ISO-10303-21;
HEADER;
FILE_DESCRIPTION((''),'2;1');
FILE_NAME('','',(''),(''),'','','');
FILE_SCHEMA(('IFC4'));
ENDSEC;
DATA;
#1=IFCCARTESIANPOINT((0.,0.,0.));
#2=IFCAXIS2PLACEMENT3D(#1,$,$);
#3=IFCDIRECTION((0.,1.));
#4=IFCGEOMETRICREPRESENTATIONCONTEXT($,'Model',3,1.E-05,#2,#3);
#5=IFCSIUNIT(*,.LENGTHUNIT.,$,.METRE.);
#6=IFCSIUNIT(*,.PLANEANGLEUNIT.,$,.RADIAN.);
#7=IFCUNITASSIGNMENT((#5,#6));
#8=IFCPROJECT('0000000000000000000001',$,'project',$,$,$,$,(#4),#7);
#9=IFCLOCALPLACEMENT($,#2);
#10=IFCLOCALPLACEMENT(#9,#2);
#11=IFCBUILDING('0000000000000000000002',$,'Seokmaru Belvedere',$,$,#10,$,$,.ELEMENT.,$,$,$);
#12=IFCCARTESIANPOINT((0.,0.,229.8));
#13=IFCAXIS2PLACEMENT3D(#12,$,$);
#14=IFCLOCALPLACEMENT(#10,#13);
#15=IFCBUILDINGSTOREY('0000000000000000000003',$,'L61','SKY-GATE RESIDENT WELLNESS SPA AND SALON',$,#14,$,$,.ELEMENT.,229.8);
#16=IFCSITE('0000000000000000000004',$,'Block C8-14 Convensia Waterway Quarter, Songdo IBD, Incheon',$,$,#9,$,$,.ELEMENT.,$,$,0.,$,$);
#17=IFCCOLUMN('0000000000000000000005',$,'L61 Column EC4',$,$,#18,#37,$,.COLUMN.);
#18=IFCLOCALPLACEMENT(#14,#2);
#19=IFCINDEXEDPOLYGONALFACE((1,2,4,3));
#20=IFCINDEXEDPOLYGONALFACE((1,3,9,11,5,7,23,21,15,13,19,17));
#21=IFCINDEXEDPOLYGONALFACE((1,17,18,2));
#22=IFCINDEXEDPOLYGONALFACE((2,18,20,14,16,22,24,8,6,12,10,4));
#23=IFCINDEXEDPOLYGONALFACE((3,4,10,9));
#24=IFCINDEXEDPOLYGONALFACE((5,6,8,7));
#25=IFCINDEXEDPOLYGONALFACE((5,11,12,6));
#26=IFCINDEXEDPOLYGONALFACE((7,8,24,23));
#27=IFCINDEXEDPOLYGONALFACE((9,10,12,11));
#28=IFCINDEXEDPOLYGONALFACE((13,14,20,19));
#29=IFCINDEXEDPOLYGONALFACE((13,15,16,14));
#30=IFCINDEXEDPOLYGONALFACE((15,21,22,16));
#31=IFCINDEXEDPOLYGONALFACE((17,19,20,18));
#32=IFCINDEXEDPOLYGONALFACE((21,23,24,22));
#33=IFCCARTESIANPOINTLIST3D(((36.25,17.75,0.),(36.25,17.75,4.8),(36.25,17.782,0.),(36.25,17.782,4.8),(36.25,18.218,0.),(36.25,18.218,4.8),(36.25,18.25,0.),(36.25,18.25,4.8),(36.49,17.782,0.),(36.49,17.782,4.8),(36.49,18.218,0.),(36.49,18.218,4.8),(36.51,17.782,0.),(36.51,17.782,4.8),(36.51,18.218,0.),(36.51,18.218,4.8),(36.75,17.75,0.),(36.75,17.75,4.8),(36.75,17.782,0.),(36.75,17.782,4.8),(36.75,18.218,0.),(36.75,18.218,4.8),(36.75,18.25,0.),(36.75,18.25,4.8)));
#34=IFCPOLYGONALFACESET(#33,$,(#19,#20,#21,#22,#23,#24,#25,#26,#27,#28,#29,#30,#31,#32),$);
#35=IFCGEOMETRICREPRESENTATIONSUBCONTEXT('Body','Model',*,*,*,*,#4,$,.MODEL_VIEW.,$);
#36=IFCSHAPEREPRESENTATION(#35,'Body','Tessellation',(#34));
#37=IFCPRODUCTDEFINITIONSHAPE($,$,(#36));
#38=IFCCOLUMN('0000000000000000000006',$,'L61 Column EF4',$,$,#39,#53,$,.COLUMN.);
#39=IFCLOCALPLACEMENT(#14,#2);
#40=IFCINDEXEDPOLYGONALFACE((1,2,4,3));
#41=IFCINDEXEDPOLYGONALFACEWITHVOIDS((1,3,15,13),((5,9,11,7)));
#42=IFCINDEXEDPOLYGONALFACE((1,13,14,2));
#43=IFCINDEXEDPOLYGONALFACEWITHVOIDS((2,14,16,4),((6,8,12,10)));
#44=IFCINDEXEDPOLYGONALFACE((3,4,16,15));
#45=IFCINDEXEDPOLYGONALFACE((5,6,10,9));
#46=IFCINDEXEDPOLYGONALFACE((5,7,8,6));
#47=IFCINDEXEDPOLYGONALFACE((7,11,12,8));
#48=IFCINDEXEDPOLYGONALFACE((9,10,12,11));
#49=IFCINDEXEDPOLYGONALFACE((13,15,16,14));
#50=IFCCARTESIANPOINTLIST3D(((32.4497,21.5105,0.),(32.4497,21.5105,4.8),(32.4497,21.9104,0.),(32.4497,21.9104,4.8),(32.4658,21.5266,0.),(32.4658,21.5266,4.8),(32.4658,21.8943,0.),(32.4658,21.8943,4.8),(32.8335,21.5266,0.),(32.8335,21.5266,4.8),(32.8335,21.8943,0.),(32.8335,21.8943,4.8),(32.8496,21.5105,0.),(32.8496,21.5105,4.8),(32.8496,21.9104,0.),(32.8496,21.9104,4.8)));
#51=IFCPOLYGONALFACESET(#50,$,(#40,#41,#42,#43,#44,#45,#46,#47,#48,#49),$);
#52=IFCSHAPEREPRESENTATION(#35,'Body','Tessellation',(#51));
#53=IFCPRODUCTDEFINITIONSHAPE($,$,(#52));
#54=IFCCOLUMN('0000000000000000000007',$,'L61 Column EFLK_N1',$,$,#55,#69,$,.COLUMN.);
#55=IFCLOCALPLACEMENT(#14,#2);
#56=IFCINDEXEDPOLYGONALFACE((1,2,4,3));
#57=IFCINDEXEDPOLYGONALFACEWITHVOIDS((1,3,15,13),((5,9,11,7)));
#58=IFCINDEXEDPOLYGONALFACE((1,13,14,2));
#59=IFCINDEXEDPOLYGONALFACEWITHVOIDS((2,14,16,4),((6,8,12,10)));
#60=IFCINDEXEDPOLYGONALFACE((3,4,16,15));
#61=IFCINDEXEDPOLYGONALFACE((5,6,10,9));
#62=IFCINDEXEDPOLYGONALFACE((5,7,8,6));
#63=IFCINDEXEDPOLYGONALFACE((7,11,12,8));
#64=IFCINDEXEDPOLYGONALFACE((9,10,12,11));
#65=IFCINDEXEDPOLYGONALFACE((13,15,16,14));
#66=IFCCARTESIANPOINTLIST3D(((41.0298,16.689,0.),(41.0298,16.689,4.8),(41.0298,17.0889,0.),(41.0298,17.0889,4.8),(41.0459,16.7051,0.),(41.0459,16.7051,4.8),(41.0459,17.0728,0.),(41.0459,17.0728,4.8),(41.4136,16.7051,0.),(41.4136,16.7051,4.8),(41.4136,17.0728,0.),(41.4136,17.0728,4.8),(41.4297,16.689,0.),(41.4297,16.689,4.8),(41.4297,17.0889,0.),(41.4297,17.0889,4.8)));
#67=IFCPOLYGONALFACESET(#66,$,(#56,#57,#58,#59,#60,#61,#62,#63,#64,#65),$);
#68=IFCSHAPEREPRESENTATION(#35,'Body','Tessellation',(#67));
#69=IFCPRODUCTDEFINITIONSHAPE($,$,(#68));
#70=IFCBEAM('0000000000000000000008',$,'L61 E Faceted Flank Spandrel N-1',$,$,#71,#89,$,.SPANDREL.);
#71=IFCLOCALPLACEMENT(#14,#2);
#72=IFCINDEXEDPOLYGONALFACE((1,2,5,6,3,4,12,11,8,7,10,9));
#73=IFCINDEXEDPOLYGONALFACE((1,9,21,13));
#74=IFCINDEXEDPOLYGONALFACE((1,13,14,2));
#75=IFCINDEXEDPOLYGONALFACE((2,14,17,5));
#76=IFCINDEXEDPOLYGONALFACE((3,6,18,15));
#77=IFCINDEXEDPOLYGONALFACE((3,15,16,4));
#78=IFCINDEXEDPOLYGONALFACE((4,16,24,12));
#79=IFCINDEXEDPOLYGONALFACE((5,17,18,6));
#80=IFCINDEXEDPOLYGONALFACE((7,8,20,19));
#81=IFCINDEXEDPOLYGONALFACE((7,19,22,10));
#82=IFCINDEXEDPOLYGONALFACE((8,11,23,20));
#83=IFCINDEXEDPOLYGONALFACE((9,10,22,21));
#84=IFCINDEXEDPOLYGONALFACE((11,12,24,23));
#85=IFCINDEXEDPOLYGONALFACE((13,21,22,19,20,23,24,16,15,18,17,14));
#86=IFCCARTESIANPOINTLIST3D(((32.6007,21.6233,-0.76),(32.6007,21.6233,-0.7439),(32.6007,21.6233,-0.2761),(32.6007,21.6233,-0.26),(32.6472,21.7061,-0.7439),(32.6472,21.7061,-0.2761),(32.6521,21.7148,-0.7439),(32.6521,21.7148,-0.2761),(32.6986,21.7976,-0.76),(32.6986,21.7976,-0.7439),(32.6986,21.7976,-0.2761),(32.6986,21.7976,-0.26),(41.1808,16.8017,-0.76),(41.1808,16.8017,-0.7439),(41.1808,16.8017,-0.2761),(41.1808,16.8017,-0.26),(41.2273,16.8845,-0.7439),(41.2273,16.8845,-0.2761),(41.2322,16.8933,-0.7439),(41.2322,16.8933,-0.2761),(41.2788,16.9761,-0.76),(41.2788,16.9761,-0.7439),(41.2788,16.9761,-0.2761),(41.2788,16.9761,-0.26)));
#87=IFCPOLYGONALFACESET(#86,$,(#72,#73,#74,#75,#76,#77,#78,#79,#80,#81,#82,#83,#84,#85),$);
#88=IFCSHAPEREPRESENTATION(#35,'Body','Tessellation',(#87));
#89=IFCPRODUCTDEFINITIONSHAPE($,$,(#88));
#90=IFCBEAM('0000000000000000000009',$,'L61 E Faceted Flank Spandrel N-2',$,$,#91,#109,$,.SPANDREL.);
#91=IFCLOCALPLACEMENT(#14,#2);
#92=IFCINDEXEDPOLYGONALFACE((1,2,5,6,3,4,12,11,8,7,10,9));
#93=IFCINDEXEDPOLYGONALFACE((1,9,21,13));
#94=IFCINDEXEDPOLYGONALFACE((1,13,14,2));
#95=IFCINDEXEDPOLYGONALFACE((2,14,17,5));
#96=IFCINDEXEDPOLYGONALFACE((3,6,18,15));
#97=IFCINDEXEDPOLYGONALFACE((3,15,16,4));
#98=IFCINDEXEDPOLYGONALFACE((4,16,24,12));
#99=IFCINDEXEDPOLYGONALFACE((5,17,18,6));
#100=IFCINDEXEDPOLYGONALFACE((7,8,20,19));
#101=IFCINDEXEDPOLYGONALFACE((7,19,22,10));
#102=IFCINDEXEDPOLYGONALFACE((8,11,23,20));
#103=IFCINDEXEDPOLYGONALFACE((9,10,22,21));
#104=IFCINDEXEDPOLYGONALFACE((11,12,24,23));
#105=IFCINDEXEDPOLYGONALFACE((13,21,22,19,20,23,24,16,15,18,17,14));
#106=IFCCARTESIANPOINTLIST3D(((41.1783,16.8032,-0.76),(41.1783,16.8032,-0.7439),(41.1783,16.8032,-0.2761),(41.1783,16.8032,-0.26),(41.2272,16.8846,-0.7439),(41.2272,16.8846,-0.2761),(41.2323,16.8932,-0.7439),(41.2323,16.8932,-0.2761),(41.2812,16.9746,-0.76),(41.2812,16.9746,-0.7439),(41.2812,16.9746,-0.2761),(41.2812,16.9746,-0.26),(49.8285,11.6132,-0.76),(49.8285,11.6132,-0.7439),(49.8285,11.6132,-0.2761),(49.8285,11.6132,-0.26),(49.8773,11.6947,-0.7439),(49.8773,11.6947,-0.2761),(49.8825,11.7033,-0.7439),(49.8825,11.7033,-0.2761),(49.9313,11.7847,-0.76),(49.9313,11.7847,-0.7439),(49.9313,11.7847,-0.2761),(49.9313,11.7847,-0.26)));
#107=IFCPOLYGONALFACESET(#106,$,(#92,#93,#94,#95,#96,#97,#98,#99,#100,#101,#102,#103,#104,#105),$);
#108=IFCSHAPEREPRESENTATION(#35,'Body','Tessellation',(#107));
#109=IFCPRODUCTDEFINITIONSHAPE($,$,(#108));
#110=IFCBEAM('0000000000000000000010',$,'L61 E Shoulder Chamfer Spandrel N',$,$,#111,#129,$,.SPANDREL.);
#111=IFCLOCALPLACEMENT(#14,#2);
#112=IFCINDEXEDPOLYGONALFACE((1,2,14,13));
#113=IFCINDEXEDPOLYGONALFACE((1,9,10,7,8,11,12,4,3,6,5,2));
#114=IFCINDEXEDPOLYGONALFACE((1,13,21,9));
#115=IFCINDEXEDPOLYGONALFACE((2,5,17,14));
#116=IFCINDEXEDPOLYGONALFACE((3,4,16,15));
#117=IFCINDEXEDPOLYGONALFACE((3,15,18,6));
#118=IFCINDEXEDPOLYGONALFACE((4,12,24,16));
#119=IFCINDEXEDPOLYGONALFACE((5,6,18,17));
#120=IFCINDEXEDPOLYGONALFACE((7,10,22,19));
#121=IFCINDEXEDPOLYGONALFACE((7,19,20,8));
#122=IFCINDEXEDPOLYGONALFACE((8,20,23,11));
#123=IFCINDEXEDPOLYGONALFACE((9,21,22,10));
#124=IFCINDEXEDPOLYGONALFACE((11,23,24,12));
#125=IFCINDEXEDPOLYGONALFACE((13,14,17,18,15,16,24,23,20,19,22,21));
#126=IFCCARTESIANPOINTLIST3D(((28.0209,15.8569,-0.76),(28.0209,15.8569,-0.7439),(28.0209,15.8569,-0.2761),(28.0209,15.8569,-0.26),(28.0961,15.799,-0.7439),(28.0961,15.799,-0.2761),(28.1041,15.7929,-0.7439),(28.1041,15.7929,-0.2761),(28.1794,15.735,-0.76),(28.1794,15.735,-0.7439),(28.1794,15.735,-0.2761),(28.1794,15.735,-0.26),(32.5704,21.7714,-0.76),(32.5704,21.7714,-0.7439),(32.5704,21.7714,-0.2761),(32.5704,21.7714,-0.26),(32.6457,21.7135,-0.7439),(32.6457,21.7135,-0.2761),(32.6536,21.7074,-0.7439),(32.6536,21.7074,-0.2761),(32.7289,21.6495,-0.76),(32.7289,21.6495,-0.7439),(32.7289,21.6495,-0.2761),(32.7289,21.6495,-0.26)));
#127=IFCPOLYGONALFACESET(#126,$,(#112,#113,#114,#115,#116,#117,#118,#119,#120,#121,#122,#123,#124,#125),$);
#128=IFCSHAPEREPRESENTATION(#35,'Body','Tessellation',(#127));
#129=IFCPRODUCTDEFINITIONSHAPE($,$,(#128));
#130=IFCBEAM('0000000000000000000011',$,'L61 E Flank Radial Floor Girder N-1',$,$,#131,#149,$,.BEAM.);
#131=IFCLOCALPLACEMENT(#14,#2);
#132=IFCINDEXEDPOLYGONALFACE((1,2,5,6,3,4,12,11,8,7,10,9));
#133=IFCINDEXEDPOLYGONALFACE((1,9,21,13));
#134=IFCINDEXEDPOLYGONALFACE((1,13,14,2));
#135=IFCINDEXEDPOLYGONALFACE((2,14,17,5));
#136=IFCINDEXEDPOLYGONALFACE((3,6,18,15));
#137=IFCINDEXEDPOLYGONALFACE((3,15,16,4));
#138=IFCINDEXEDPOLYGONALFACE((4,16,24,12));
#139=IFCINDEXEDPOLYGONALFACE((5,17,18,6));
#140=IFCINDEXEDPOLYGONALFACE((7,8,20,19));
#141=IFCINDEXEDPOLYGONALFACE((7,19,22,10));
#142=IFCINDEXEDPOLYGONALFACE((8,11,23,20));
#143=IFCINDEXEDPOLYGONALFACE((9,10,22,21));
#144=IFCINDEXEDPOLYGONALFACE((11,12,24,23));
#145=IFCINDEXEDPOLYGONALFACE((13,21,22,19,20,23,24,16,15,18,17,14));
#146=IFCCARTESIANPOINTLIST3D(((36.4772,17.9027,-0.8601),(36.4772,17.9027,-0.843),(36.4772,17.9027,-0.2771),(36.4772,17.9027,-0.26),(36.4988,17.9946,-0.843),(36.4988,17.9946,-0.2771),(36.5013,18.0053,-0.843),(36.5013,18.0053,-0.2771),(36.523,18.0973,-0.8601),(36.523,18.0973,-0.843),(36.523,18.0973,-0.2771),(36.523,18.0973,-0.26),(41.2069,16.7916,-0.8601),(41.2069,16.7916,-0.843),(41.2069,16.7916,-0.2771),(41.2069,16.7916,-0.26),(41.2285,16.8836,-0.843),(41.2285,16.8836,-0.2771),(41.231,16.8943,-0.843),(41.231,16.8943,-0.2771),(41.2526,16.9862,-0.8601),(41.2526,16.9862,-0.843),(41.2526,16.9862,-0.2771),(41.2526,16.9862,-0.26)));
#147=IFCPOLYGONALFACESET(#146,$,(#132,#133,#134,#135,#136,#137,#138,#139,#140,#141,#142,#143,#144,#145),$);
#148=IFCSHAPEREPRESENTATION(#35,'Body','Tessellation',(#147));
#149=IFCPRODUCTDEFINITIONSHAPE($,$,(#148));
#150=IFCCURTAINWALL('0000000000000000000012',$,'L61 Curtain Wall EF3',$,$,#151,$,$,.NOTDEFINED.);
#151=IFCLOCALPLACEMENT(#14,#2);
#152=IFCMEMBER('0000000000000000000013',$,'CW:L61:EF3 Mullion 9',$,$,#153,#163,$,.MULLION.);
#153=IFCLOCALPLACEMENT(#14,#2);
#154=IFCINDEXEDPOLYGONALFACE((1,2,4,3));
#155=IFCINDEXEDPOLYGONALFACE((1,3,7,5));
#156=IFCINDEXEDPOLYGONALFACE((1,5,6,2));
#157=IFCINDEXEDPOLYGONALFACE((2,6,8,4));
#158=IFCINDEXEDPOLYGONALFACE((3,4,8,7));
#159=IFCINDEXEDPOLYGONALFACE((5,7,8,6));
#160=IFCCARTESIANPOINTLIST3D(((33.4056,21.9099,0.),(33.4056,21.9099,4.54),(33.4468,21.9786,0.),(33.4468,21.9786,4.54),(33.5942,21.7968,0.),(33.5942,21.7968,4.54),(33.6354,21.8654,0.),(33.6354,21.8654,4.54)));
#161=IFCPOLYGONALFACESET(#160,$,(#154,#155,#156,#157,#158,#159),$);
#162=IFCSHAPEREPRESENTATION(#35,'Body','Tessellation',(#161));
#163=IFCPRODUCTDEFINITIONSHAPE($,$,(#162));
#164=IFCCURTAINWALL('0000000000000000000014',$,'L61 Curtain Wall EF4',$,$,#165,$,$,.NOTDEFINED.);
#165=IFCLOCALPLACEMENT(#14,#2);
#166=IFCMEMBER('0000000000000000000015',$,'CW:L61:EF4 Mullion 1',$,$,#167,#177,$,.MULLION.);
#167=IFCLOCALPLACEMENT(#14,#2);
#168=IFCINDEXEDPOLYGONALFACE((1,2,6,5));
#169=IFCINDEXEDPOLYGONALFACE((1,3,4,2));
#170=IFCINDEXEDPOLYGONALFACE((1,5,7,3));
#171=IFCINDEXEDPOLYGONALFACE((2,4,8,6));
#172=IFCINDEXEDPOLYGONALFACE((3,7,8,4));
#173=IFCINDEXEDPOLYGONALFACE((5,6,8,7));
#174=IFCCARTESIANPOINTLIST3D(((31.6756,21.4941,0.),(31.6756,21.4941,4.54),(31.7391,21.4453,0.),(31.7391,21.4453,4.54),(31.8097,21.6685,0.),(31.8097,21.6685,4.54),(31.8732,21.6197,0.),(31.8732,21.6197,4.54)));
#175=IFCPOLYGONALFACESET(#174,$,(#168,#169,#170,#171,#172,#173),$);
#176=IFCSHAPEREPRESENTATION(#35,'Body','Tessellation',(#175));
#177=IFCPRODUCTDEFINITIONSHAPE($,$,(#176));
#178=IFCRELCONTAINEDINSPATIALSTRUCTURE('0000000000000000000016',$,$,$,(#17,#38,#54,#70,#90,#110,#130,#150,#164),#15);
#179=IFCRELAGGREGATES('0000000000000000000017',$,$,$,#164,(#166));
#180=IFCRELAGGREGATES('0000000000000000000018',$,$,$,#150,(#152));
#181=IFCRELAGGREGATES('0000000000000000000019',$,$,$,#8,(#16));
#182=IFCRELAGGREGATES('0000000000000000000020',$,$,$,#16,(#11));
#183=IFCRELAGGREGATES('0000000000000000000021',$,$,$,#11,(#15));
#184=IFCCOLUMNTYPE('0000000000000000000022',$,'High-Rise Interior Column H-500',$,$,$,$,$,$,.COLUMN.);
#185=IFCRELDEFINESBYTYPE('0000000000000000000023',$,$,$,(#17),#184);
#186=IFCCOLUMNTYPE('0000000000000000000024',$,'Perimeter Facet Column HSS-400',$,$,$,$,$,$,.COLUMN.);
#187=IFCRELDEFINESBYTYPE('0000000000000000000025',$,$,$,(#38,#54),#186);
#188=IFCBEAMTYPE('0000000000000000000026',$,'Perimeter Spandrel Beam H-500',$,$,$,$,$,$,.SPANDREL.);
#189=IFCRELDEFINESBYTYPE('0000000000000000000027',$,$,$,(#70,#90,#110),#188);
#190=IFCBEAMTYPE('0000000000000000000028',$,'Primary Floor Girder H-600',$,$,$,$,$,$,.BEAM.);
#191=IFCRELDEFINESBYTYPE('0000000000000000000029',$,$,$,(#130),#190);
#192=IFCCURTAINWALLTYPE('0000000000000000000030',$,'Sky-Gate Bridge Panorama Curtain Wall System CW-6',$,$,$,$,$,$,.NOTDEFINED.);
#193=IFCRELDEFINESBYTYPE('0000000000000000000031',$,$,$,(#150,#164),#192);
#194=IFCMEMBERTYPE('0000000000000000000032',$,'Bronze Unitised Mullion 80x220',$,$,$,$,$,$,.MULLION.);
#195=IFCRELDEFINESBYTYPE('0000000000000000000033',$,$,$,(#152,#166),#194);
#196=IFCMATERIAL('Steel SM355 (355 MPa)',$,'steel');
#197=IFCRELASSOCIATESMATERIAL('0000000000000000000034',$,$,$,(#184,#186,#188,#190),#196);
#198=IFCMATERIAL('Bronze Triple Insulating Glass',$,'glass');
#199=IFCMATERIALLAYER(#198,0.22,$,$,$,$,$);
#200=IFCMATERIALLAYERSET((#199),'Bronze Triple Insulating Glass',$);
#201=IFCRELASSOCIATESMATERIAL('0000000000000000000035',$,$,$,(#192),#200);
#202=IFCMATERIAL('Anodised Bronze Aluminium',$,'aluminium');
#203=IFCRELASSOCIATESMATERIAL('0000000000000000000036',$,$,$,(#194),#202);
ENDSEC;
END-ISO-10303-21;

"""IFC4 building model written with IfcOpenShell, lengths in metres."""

from ifc_helpers import new_model, si_unit, direction, frame, origin, origin_2d, place, context, subcontext, project, spatial, rectangle, hollow_rectangle, i_section, extrude, source, transform, mapped, material, layer, layer_set, material_profile, profile_set, type_object, type_shapes, element, aggregate, save


model = new_model("IFC4")

# Units and contexts
model_context = context("Model", 3, precision=1e-05, world=origin(), true_north=direction((0.0, 1.0)))
body_context = subcontext(model_context, "Body", "Model", "MODEL_VIEW")
ifc_project = project(units=[si_unit("LENGTHUNIT", "METRE"), si_unit("PLANEANGLEUNIT", "RADIAN")], contexts=[model_context])

# Site, building, storey
site_placement = place(None, origin())
site = spatial("IfcSite", under=ifc_project, at=site_placement, Name="Block C8-14 Convensia Waterway Quarter, Songdo IBD, Incheon", CompositionType="ELEMENT", RefElevation=0.0)
building_placement = place(site_placement, origin())
building = spatial("IfcBuilding", under=site, at=building_placement, Name="Seokmaru Belvedere", CompositionType="ELEMENT")
storey_placement = place(building_placement, frame((0.0, 0.0, 229.8)))
storey = spatial("IfcBuildingStorey", under=building, at=storey_placement, Name="L61", Description="SKY-GATE RESIDENT WELLNESS SPA AND SALON", CompositionType="ELEMENT", Elevation=229.8)

# Columns
ifc_material_1 = material(Name="Steel SM355 (355 MPa)", Category="steel")
ifc_material_profile_1 = material_profile(ifc_material_1, i_section(OverallWidth=0.5, OverallDepth=0.5, WebThickness=0.02, FlangeThickness=0.032, at=origin_2d()), Name="H-500x500x20x32")
ifc_profile_set_1 = profile_set([ifc_material_profile_1], Name="Steel SM355 (355 MPa)")
column_type_1 = type_object("IfcColumnType", Name="High-Rise Interior Column H-500", PredefinedType="COLUMN", material=ifc_profile_set_1)
shared_shape_1 = source(origin(), body_context, "Body", "SweptSolid", [
    extrude(i_section(OverallWidth=0.5, OverallDepth=0.5, WebThickness=0.02, FlangeThickness=0.032, at=origin_2d()), origin(), (0.0, 0.0, 1.0), 4.8),
])
type_shapes(column_type_1, [shared_shape_1])
column_placement = place(storey_placement, frame((36.5, 18.0, 0.0), z_axis=(0.0, 0.0, 1.0), x_axis=(1.0, 0.0, 0.0)))
element("IfcColumn", 1, at=column_placement, inside=storey, type_object=column_type_1, Name="L61 Column EC4", PredefinedType="COLUMN", context=body_context, shape_type="MappedRepresentation", body=[
    mapped(shared_shape_1, transform((0.0, 0.0, 0.0), scale=1.0)),
])
ifc_material_profile_2 = material_profile(ifc_material_1, hollow_rectangle(XDim=0.3999, YDim=0.3999, WallThickness=0.0161, at=origin_2d()), Name="HSS-400x400x16")
ifc_profile_set_2 = profile_set([ifc_material_profile_2], Name="Steel SM355 (355 MPa)")
column_type_2 = type_object("IfcColumnType", Name="Perimeter Facet Column HSS-400", PredefinedType="COLUMN", material=ifc_profile_set_2)
shared_shape_2 = source(origin(), body_context, "Body", "SweptSolid", [
    extrude(hollow_rectangle(XDim=0.3999, YDim=0.3999, WallThickness=0.0161, at=origin_2d()), origin(), (0.0, 0.0, 1.0), 4.8),
])
type_shapes(column_type_2, [shared_shape_2])
for number, where, z_axis, x_axis, name in (
    (2, (32.6497, 21.7104, 0.0), (0.0, 0.0, 1.0), (1.0, 0.0, 0.0), "L61 Column EF4"),
    (3, (41.2297, 16.8889, 0.0), (0.0, 0.0, 1.0), (1.0, 0.0, 0.0), "L61 Column EFLK_N1"),
):
    element("IfcColumn", number, at=place(storey_placement, frame(where, z_axis=z_axis, x_axis=x_axis)), inside=storey, type_object=column_type_2, Name=name, PredefinedType="COLUMN", context=body_context, shape_type="MappedRepresentation", body=[
        mapped(shared_shape_2, transform((0.0, 0.0, 0.0), scale=1.0)),
    ])

# Beams
ifc_material_profile_3 = material_profile(ifc_material_1, i_section(OverallWidth=0.2, OverallDepth=0.5, WebThickness=0.01, FlangeThickness=0.0161, at=origin_2d()), Name="H-500x200x10x16")
ifc_profile_set_3 = profile_set([ifc_material_profile_3], Name="Steel SM355 (355 MPa)")
beam_type_1 = type_object("IfcBeamType", Name="Perimeter Spandrel Beam H-500", PredefinedType="SPANDREL", material=ifc_profile_set_3)
shared_shape_3 = source(origin(), body_context, "Body", "SweptSolid", [
    extrude(i_section(OverallWidth=0.2, OverallDepth=0.5, WebThickness=0.01, FlangeThickness=0.0161, at=origin_2d()), origin(), (0.0, 0.0, 1.0), 9.842),
])
beam_1_placement = place(storey_placement, frame((32.6497, 21.7104, -0.51), z_axis=(0.871782, -0.489894, 0.0), x_axis=(0.489894, 0.871782, 0.0)))
element("IfcBeam", 4, at=beam_1_placement, inside=storey, type_object=beam_type_1, Name="L61 E Faceted Flank Spandrel N-1", PredefinedType="SPANDREL", context=body_context, shape_type="MappedRepresentation", body=[
    mapped(shared_shape_3, transform((0.0, 0.0, 0.0), scale=1.0)),
])
shared_shape_4 = source(origin(), body_context, "Body", "SweptSolid", [
    extrude(i_section(OverallWidth=0.2, OverallDepth=0.5, WebThickness=0.01, FlangeThickness=0.0161, at=origin_2d()), origin(), (0.0, 0.0, 1.0), 10.0876),
])
beam_2_placement = place(storey_placement, frame((41.2297, 16.8889, -0.51), z_axis=(0.857499, -0.514485, 0.0), x_axis=(0.514485, 0.857499, 0.0)))
element("IfcBeam", 5, at=beam_2_placement, inside=storey, type_object=beam_type_1, Name="L61 E Faceted Flank Spandrel N-2", PredefinedType="SPANDREL", context=body_context, shape_type="MappedRepresentation", body=[
    mapped(shared_shape_4, transform((0.0, 0.0, 0.0), scale=1.0)),
])
shared_shape_5 = source(origin(), body_context, "Body", "SweptSolid", [
    extrude(i_section(OverallWidth=0.2, OverallDepth=0.5, WebThickness=0.01, FlangeThickness=0.0161, at=origin_2d()), origin(), (0.0, 0.0, 1.0), 7.4619),
])
type_shapes(beam_type_1, [shared_shape_3, shared_shape_4, shared_shape_5])
beam_3_placement = place(storey_placement, frame((32.6497, 21.7104, -0.51), z_axis=(-0.609703, -0.79263, 0.0), x_axis=(0.79263, -0.609703, 0.0)))
element("IfcBeam", 6, at=beam_3_placement, inside=storey, type_object=beam_type_1, Name="L61 E Shoulder Chamfer Spandrel N", PredefinedType="SPANDREL", context=body_context, shape_type="MappedRepresentation", body=[
    mapped(shared_shape_5, transform((0.0, 0.0, 0.0), scale=1.0)),
])
ifc_material_profile_4 = material_profile(ifc_material_1, i_section(OverallWidth=0.2, OverallDepth=0.6001, WebThickness=0.011, FlangeThickness=0.0171, at=origin_2d()), Name="H-600x200x11x17")
ifc_profile_set_4 = profile_set([ifc_material_profile_4], Name="Steel SM355 (355 MPa)")
beam_type_2 = type_object("IfcBeamType", Name="Primary Floor Girder H-600", PredefinedType="BEAM", material=ifc_profile_set_4)
shared_shape_6 = source(origin(), body_context, "Body", "SweptSolid", [
    extrude(i_section(OverallWidth=0.2, OverallDepth=0.6001, WebThickness=0.011, FlangeThickness=0.0171, at=origin_2d()), origin(), (0.0, 0.0, 1.0), 4.8584),
])
type_shapes(beam_type_2, [shared_shape_6])
beam_4_placement = place(storey_placement, frame((41.2297, 16.8889, -0.5601), z_axis=(-0.973499, 0.228689, 0.0), x_axis=(-0.228689, -0.973499, 0.0)))
element("IfcBeam", 7, at=beam_4_placement, inside=storey, type_object=beam_type_2, Name="L61 E Flank Radial Floor Girder N-1", PredefinedType="BEAM", context=body_context, shape_type="MappedRepresentation", body=[
    mapped(shared_shape_6, transform((0.0, 0.0, 0.0), scale=1.0)),
])

# Curtain wall, member
ifc_material_2 = material(Name="Bronze Triple Insulating Glass", Category="glass")
ifc_layer_1 = layer(ifc_material_2, 0.22)
ifc_layer_set_1 = layer_set([ifc_layer_1], Name="Bronze Triple Insulating Glass")
curtain_wall_type = type_object("IfcCurtainWallType", Name="Sky-Gate Bridge Panorama Curtain Wall System CW-6", PredefinedType="NOTDEFINED", material=ifc_layer_set_1)
curtain_wall_1_placement = place(storey_placement, origin())
curtain_wall_1 = element("IfcCurtainWall", 8, at=curtain_wall_1_placement, inside=storey, type_object=curtain_wall_type, Name="L61 Curtain Wall EF3", PredefinedType="NOTDEFINED")
ifc_material_3 = material(Name="Anodised Bronze Aluminium", Category="aluminium")
ifc_material_profile_5 = material_profile(ifc_material_3, rectangle(XDim=0.0801, YDim=0.22, at=origin_2d()), Name="CW-M-80x220")
ifc_profile_set_5 = profile_set([ifc_material_profile_5], Name="Anodised Bronze Aluminium")
member_type_1 = type_object("IfcMemberType", Name="Bronze Unitised Mullion 80x220", PredefinedType="MULLION", material=ifc_profile_set_5)
shared_shape_7 = source(origin(), body_context, "Body", "SweptSolid", [
    extrude(rectangle(XDim=0.0801, YDim=0.22, at=origin_2d()), origin(), (0.0, 0.0, 1.0), 4.54),
])
member_1_placement = place(storey_placement, frame((33.5205, 21.8877, 0.0), z_axis=(0.0, 0.0, 1.0), x_axis=(-0.514495, -0.857493, 0.0)))
member_1 = element("IfcMember", 9, at=member_1_placement, type_object=member_type_1, Name="CW:L61:EF3 Mullion 9", PredefinedType="MULLION", context=body_context, shape_type="MappedRepresentation", body=[
    mapped(shared_shape_7, transform((0.0, 0.0, 0.0), scale=1.0)),
])

# Curtain wall, member
curtain_wall_2_placement = place(storey_placement, origin())
curtain_wall_2 = element("IfcCurtainWall", 10, at=curtain_wall_2_placement, inside=storey, type_object=curtain_wall_type, Name="L61 Curtain Wall EF4", PredefinedType="NOTDEFINED")
member_2_placement = place(storey_placement, frame((31.7744, 21.5569, 0.0), z_axis=(0.0, 0.0, 1.0), x_axis=(0.792631, -0.609701, 0.0)))
member_2 = element("IfcMember", 11, at=member_2_placement, type_object=member_type_1, Name="CW:L61:EF4 Mullion 1", PredefinedType="MULLION", context=body_context, shape_type="MappedRepresentation", body=[
    mapped(shared_shape_7, transform((0.0, 0.0, 0.0), scale=1.0)),
])

aggregate(curtain_wall_2, [member_2])
aggregate(curtain_wall_1, [member_1])

save(model, "model.ifc")
